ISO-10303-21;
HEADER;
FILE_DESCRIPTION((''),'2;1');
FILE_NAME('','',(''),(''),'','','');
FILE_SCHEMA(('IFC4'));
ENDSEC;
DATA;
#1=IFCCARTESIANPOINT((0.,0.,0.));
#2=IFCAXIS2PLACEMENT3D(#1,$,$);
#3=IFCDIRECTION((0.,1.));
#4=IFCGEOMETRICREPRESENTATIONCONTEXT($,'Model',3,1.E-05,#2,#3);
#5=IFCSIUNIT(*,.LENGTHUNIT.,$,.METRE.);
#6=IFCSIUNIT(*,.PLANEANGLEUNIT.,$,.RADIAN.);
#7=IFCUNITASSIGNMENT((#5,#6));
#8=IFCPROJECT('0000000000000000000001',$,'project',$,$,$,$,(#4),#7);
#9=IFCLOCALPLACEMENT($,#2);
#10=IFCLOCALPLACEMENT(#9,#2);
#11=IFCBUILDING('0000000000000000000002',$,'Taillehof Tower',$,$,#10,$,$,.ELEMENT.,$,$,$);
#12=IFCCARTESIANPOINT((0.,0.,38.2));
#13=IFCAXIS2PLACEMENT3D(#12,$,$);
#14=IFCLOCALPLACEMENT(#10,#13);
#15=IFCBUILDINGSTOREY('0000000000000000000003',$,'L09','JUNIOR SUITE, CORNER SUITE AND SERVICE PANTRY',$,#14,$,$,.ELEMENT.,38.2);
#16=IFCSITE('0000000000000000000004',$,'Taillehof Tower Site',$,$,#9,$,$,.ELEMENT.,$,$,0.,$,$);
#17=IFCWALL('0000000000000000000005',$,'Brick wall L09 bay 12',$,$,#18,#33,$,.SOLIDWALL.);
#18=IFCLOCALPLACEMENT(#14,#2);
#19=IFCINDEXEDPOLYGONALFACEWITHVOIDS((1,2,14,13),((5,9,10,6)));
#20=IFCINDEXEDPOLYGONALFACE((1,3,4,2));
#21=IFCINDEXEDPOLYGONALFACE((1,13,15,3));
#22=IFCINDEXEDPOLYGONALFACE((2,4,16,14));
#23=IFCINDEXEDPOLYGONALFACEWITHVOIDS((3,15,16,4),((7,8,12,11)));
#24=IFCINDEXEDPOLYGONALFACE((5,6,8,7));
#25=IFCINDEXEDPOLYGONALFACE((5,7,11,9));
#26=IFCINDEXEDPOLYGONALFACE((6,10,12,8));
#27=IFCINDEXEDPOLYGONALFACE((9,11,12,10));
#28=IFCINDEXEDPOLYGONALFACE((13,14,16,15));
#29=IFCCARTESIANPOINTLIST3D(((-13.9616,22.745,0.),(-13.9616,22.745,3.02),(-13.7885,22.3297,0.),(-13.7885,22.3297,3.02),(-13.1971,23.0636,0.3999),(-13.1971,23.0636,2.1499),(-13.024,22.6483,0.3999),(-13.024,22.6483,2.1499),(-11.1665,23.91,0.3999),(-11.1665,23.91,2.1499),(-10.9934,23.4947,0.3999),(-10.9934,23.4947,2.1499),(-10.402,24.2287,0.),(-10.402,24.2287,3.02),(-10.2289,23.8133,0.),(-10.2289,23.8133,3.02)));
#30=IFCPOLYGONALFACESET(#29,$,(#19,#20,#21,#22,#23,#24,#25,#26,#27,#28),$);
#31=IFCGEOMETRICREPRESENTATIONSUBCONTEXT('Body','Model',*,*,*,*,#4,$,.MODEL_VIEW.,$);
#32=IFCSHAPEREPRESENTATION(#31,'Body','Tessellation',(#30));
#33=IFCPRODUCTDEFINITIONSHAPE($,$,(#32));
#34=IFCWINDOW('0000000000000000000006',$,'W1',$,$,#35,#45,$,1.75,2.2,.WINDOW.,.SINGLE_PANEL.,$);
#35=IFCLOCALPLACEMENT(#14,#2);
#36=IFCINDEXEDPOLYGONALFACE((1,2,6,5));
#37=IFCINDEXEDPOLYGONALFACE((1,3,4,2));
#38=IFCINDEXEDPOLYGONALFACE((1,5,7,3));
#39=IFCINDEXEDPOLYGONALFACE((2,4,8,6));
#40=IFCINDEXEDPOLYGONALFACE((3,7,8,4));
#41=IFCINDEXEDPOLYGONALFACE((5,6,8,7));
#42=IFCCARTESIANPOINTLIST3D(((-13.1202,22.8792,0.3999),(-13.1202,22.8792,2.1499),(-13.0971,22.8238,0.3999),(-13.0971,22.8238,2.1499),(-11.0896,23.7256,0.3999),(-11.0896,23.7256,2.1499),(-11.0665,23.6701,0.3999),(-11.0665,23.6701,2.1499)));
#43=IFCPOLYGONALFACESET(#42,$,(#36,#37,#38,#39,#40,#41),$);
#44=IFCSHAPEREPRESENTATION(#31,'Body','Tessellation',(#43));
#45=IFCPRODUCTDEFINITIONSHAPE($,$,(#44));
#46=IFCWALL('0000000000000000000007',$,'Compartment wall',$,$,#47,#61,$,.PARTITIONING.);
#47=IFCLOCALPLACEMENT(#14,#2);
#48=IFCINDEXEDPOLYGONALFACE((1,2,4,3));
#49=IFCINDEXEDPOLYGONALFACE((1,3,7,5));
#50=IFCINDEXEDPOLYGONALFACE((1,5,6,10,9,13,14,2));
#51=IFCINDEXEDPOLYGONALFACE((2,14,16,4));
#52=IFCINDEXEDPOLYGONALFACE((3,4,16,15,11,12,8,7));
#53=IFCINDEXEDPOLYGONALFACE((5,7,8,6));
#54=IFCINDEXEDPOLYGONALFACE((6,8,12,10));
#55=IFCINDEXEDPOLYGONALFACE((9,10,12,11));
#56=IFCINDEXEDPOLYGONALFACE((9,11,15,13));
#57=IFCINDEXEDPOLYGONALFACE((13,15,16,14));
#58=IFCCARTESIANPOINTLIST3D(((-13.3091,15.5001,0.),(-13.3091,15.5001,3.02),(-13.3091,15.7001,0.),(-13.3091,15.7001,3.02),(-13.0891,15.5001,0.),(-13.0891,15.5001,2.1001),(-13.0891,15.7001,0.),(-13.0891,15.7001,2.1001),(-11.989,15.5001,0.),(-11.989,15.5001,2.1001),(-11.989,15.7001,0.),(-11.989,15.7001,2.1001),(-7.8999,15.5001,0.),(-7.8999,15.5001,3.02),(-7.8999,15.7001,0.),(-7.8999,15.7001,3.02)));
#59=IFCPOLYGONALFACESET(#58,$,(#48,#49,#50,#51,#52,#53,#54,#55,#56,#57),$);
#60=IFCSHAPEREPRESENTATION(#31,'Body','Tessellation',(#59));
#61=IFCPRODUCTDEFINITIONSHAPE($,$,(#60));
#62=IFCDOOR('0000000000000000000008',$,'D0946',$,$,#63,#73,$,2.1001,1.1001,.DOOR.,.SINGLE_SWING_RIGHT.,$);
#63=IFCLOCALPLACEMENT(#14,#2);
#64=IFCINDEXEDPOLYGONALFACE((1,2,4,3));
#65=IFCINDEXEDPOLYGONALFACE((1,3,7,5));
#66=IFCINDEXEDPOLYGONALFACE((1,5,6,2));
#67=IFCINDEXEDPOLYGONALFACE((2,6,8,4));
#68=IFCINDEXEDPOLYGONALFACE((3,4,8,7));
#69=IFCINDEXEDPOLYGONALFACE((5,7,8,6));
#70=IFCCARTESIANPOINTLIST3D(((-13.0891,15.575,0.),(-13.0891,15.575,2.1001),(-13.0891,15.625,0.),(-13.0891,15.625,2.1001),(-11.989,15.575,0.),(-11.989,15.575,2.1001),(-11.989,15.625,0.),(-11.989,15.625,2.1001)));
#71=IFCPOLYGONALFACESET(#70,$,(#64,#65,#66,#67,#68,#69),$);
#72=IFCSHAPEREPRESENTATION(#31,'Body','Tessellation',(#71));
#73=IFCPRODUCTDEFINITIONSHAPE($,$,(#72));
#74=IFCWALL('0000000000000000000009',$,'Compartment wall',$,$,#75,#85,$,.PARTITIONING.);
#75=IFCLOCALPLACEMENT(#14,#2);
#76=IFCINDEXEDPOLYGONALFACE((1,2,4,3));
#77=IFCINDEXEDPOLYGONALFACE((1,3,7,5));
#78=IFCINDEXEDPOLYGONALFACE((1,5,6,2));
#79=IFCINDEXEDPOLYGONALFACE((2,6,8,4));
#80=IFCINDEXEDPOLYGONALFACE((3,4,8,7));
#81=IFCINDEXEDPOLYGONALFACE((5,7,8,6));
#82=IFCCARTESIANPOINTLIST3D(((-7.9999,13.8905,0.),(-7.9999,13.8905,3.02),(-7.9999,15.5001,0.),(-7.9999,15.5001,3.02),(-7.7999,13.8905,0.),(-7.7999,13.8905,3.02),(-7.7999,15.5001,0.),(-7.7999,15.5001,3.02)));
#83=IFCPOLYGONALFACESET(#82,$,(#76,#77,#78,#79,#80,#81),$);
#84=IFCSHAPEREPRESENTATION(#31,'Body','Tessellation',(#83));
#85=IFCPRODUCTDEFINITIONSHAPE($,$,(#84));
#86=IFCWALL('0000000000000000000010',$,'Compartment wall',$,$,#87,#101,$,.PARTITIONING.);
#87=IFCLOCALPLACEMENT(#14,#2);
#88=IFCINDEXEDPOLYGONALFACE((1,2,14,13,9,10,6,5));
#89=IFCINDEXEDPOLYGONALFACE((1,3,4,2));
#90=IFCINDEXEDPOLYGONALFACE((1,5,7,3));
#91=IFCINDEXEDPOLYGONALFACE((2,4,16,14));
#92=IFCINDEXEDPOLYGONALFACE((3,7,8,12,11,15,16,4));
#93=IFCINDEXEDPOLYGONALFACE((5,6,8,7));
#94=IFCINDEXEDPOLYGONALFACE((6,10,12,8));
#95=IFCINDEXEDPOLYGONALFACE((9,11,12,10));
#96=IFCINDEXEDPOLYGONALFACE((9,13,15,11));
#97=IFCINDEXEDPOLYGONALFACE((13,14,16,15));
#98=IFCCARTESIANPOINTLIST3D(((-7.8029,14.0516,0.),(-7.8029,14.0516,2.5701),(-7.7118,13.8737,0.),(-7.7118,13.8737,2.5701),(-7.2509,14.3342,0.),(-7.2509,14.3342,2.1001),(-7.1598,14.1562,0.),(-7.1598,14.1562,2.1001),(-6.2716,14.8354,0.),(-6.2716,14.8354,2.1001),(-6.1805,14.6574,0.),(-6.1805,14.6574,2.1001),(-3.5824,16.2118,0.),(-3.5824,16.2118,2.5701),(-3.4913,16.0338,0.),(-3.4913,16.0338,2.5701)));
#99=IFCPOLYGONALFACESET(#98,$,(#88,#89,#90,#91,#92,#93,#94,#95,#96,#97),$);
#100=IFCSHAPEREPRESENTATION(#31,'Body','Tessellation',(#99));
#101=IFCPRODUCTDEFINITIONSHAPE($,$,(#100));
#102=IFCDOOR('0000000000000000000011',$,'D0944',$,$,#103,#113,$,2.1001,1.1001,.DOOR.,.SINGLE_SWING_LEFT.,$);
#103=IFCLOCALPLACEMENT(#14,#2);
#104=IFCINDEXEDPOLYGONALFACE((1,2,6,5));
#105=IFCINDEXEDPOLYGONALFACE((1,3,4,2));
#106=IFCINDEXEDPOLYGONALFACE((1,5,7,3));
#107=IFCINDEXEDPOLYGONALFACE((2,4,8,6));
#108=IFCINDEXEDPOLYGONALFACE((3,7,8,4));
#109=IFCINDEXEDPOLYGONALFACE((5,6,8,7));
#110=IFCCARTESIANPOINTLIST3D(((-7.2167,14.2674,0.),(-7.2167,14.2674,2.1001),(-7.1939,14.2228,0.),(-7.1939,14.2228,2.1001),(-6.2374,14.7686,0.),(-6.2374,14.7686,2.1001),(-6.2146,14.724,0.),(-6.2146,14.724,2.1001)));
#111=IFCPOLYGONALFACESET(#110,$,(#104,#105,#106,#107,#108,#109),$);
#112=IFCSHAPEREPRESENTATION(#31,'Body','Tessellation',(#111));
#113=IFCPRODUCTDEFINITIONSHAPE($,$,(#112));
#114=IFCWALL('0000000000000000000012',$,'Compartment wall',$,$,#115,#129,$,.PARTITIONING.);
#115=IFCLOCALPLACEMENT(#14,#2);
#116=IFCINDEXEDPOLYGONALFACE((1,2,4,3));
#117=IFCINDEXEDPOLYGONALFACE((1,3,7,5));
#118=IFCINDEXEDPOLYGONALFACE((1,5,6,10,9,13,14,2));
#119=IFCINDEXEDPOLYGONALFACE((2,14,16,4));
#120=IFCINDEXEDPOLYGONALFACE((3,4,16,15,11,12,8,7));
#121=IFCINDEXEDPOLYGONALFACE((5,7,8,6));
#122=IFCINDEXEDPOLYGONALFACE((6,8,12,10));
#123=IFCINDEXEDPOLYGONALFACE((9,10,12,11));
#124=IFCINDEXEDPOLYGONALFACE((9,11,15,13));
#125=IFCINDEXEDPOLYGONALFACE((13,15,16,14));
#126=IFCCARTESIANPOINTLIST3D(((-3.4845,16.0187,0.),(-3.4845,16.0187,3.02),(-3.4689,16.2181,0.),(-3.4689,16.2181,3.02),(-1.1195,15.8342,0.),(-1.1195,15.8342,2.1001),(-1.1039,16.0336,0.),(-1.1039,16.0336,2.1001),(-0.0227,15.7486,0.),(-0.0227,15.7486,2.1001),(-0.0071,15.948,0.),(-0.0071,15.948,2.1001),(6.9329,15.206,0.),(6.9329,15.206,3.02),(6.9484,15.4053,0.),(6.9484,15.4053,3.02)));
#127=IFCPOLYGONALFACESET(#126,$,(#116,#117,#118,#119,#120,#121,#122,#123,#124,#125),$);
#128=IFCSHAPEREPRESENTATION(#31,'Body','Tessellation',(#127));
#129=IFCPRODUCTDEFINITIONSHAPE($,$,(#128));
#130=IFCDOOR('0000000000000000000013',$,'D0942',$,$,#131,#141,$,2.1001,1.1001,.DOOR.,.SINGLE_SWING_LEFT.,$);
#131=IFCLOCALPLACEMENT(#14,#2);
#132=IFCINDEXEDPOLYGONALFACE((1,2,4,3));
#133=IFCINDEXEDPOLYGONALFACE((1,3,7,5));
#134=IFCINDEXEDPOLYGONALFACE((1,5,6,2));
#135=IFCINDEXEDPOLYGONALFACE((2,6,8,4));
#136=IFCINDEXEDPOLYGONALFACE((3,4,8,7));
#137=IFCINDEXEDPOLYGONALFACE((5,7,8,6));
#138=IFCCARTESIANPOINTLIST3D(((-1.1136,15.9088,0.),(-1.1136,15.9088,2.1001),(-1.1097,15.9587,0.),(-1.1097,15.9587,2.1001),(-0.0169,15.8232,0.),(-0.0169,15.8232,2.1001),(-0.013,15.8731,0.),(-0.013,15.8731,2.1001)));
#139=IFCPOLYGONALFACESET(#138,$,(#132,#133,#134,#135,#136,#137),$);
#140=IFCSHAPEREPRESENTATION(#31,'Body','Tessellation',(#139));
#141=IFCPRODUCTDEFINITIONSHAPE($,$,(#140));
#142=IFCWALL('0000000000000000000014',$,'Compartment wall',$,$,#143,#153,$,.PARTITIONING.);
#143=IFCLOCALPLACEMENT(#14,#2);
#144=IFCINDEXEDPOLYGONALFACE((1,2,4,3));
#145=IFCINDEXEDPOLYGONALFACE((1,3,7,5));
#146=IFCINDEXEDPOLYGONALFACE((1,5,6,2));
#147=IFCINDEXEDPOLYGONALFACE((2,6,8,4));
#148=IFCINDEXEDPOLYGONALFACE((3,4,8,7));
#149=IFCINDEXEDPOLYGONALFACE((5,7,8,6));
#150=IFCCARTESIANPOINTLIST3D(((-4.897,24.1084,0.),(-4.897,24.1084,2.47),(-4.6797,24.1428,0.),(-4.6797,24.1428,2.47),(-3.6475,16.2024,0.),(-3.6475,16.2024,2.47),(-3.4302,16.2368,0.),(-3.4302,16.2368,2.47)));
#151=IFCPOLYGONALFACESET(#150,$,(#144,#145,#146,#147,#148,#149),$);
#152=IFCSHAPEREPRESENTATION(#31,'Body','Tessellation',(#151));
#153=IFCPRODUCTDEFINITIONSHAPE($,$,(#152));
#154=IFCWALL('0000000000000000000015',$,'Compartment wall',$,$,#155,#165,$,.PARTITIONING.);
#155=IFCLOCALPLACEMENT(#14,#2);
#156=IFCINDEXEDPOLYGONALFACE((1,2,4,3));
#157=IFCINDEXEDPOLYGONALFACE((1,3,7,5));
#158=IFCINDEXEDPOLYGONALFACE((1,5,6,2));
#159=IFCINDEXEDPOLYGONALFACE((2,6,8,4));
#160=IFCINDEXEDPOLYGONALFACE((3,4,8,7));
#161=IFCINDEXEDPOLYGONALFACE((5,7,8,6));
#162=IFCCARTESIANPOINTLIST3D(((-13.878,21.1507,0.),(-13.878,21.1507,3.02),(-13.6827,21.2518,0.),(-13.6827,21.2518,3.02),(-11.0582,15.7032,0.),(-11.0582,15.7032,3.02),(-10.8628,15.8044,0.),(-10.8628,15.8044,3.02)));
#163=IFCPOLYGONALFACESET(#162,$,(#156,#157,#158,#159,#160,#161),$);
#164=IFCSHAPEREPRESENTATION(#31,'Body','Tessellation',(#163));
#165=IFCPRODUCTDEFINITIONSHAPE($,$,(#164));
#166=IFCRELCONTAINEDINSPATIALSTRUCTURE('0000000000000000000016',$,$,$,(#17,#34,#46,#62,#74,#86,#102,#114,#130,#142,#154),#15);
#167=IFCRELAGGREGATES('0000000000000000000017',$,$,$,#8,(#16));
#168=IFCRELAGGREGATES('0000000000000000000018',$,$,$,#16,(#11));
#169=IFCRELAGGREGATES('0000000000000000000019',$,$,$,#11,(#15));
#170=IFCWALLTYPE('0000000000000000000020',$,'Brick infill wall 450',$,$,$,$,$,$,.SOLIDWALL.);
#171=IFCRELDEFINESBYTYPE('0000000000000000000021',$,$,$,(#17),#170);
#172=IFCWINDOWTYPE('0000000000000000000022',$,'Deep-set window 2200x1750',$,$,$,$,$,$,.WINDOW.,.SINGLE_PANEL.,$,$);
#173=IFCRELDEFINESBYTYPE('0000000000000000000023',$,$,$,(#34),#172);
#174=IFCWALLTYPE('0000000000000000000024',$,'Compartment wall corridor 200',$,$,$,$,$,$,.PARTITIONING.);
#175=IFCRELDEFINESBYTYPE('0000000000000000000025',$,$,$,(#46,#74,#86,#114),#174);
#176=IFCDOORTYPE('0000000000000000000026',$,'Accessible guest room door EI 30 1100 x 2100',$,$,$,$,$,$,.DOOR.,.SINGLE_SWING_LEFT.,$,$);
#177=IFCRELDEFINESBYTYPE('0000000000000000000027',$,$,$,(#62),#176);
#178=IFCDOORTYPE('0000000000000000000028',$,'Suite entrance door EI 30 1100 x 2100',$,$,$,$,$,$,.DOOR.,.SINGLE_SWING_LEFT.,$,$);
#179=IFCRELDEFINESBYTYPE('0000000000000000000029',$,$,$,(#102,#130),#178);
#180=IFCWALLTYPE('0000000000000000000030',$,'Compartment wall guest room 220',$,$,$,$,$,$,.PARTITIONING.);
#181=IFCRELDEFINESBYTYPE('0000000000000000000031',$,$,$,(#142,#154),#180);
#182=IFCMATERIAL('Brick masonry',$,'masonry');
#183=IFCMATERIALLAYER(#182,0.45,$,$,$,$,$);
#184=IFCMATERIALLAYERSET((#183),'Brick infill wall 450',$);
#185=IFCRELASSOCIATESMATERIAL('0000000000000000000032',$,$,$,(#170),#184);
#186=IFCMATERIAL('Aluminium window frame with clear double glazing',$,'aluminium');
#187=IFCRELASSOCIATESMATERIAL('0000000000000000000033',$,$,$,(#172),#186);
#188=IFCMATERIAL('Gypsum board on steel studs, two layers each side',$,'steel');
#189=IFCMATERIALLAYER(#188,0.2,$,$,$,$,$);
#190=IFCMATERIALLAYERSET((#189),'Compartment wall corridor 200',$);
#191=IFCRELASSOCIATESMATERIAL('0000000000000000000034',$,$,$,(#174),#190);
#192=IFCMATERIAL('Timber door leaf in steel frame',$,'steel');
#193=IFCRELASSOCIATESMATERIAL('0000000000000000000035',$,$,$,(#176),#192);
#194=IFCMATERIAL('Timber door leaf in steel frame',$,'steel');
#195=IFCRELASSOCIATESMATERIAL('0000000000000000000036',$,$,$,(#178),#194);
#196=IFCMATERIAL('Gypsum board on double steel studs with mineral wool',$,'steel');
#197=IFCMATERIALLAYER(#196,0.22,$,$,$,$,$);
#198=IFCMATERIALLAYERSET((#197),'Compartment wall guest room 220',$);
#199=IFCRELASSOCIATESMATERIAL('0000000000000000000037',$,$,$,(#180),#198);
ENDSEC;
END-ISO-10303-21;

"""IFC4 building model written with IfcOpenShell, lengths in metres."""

from ifc_helpers import new_model, si_unit, direction, frame, frame_2d, origin, place, context, subcontext, project, spatial, rectangle, extrude, material, layer, layer_set, type_object, element, fill, save


model = new_model("IFC4")

# Units and contexts
model_context = context("Model", 3, precision=1e-05, world=origin(), true_north=direction((0.0, 1.0)))
body_context = subcontext(model_context, "Body", "Model", "MODEL_VIEW")
ifc_project = project(units=[si_unit("LENGTHUNIT", "METRE"), si_unit("PLANEANGLEUNIT", "RADIAN")], contexts=[model_context])

# Site, building, storey
site_placement = place(None, origin())
site = spatial("IfcSite", under=ifc_project, at=site_placement, Name="Taillehof Tower Site", CompositionType="ELEMENT", RefElevation=0.0)
building_placement = place(site_placement, origin())
building = spatial("IfcBuilding", under=site, at=building_placement, Name="Taillehof Tower", CompositionType="ELEMENT")
storey_placement = place(building_placement, frame((0.0, 0.0, 38.2)))
storey = spatial("IfcBuildingStorey", under=building, at=storey_placement, Name="L09", Description="JUNIOR SUITE, CORNER SUITE AND SERVICE PANTRY", CompositionType="ELEMENT", Elevation=38.2)

# Wall, opening, window
ifc_material_1 = material(Name="Brick masonry", Category="masonry")
ifc_layer_1 = layer(ifc_material_1, 0.45)
ifc_layer_set_1 = layer_set([ifc_layer_1], Name="Brick infill wall 450")
wall_type_1 = type_object("IfcWallType", Name="Brick infill wall 450", PredefinedType="SOLIDWALL", material=ifc_layer_set_1)
ifc_material_2 = material(Name="Aluminium window frame with clear double glazing", Category="aluminium")
window_type = type_object("IfcWindowType", Name="Deep-set window 2200x1750", PartitioningType="SINGLE_PANEL", PredefinedType="WINDOW", material=ifc_material_2)
wall_1_placement = place(storey_placement, frame((-10.3154, 24.021, 0.0), z_axis=(0.0, 0.0, 1.0), x_axis=(-0.923032, -0.384723, 0.0)))
wall_1 = element("IfcWall", 1, at=wall_1_placement, inside=storey, type_object=wall_type_1, Name="Brick wall L09 bay 12", PredefinedType="SOLIDWALL", context=body_context, shape_type="SweptSolid", body=[
    extrude(rectangle(XDim=3.8564, YDim=0.45, at=frame_2d((1.9282, 0.0))), origin(), (0.0, 0.0, 1.0), 3.02),
])
opening_1_placement = place(wall_1_placement, frame((0.8281, 0.0, 0.3999)))
opening_1 = element("IfcOpeningElement", 2, at=opening_1_placement, cuts=wall_1, PredefinedType="OPENING", context=body_context, shape_type="SweptSolid", body=[
    extrude(rectangle(XDim=2.2, YDim=1.75, at=frame_2d((1.1001, 0.875))), frame((0.0, 0.2349, 0.0), z_axis=(0.0, -1.0, 0.0), x_axis=(1.0, 0.0, 0.0)), (0.0, 0.0, 1.0), 0.47),
])
window_1_placement = place(opening_1_placement, origin())
window_1 = element("IfcWindow", 3, at=window_1_placement, inside=storey, type_object=window_type, Name="W1", OverallHeight=1.75, OverallWidth=2.2, PartitioningType="SINGLE_PANEL", PredefinedType="WINDOW", context=body_context, shape_type="SweptSolid", body=[
    extrude(rectangle(XDim=2.2, YDim=1.75, at=frame_2d((1.1001, 0.875))), frame((0.0, 0.0349, 0.0), z_axis=(0.0, -1.0, 0.0), x_axis=(1.0, 0.0, 0.0)), (0.0, 0.0, 1.0), 0.0601),
])
fill(opening_1, window_1)

# Wall, opening, door
ifc_material_3 = material(Name="Gypsum board on steel studs, two layers each side", Category="steel")
ifc_layer_2 = layer(ifc_material_3, 0.2)
ifc_layer_set_2 = layer_set([ifc_layer_2], Name="Compartment wall corridor 200")
wall_type_2 = type_object("IfcWallType", Name="Compartment wall corridor 200", PredefinedType="PARTITIONING", material=ifc_layer_set_2)
wall_2_placement = place(storey_placement, frame((-13.3091, 15.6001, 0.0), z_axis=(0.0, 0.0, 1.0), x_axis=(1.0, 0.0, 0.0)))
wall_2 = element("IfcWall", 4, at=wall_2_placement, inside=storey, type_object=wall_type_2, Name="Compartment wall", PredefinedType="PARTITIONING", context=body_context, shape_type="SweptSolid", body=[
    extrude(rectangle(XDim=5.4092, YDim=0.2, at=frame_2d((2.7046, 0.0))), origin(), (0.0, 0.0, 1.0), 3.02),
])
opening_2_placement = place(wall_2_placement, frame((0.22, 0.0, 0.0)))
opening_2 = element("IfcOpeningElement", 5, at=opening_2_placement, cuts=wall_2, PredefinedType="OPENING", context=body_context, shape_type="SweptSolid", body=[
    extrude(rectangle(XDim=1.1001, YDim=2.1001, at=frame_2d((0.55, 1.05))), frame((0.0, 0.1099, 0.0), z_axis=(0.0, -1.0, 0.0), x_axis=(1.0, 0.0, 0.0)), (0.0, 0.0, 1.0), 0.22),
])
ifc_material_4 = material(Name="Timber door leaf in steel frame", Category="steel")
door_type_1 = type_object("IfcDoorType", Name="Accessible guest room door EI 30 1100 x 2100", OperationType="SINGLE_SWING_LEFT", PredefinedType="DOOR", material=ifc_material_4)
door_1_placement = place(opening_2_placement, origin())
door_1 = element("IfcDoor", 6, at=door_1_placement, inside=storey, type_object=door_type_1, Name="D0946", OperationType="SINGLE_SWING_RIGHT", OverallHeight=2.1001, OverallWidth=1.1001, PredefinedType="DOOR", context=body_context, shape_type="SweptSolid", body=[
    extrude(rectangle(XDim=1.1001, YDim=2.1001, at=frame_2d((0.55, 1.05))), frame((0.0, 0.0249, 0.0), z_axis=(0.0, -1.0, 0.0), x_axis=(1.0, 0.0, 0.0)), (0.0, 0.0, 1.0), 0.05),
])
fill(opening_2, door_1)

# Wall
wall_3_placement = place(storey_placement, frame((-7.8999, 15.5, 0.0), z_axis=(0.0, 0.0, 1.0), x_axis=(0.0, -1.0, 0.0)))
element("IfcWall", 7, at=wall_3_placement, inside=storey, type_object=wall_type_2, Name="Compartment wall", PredefinedType="PARTITIONING", context=body_context, shape_type="SweptSolid", body=[
    extrude(rectangle(XDim=1.6096, YDim=0.2, at=frame_2d((0.8047, 0.0))), origin(), (0.0, 0.0, 1.0), 3.02),
])

# Walls, openings, doors
wall_4_placement = place(storey_placement, frame((-7.7573, 13.9626, 0.0), z_axis=(0.0, 0.0, 1.0), x_axis=(0.890175, 0.455618, 0.0)))
wall_4 = element("IfcWall", 8, at=wall_4_placement, inside=storey, type_object=wall_type_2, Name="Compartment wall", PredefinedType="PARTITIONING", context=body_context, shape_type="SweptSolid", body=[
    extrude(rectangle(XDim=4.7412, YDim=0.2, at=frame_2d((2.3706, 0.0))), origin(), (0.0, 0.0, 1.0), 2.5701),
])
opening_3_placement = place(wall_4_placement, frame((0.6201, 0.0, 0.0)))
opening_3 = element("IfcOpeningElement", 9, at=opening_3_placement, cuts=wall_4, PredefinedType="OPENING", context=body_context, shape_type="SweptSolid", body=[
    extrude(rectangle(XDim=1.1001, YDim=2.1001, at=frame_2d((0.55, 1.05))), frame((0.0, 0.1099, 0.0), z_axis=(0.0, -1.0, 0.0), x_axis=(1.0, 0.0, 0.0)), (0.0, 0.0, 1.0), 0.22),
])
ifc_material_5 = material(Name="Timber door leaf in steel frame", Category="steel")
door_type_2 = type_object("IfcDoorType", Name="Suite entrance door EI 30 1100 x 2100", OperationType="SINGLE_SWING_LEFT", PredefinedType="DOOR", material=ifc_material_5)
door_2_placement = place(opening_3_placement, origin())
door_2 = element("IfcDoor", 10, at=door_2_placement, inside=storey, type_object=door_type_2, Name="D0944", OperationType="SINGLE_SWING_LEFT", OverallHeight=2.1001, OverallWidth=1.1001, PredefinedType="DOOR", context=body_context, shape_type="SweptSolid", body=[
    extrude(rectangle(XDim=1.1001, YDim=2.1001, at=frame_2d((0.55, 1.05))), frame((0.0, 0.0249, 0.0), z_axis=(0.0, -1.0, 0.0), x_axis=(1.0, 0.0, 0.0)), (0.0, 0.0, 1.0), 0.05),
])
fill(opening_3, door_2)
wall_5_placement = place(storey_placement, frame((-3.4768, 16.1184, 0.0), z_axis=(0.0, 0.0, 1.0), x_axis=(0.99697, -0.077783, 0.0)))
wall_5 = element("IfcWall", 11, at=wall_5_placement, inside=storey, type_object=wall_type_2, Name="Compartment wall", PredefinedType="PARTITIONING", context=body_context, shape_type="SweptSolid", body=[
    extrude(rectangle(XDim=10.449, YDim=0.2, at=frame_2d((5.2246, 0.0))), origin(), (0.0, 0.0, 1.0), 3.02),
])
opening_4_placement = place(wall_5_placement, frame((2.3723, 0.0, 0.0)))
opening_4 = element("IfcOpeningElement", 12, at=opening_4_placement, cuts=wall_5, PredefinedType="OPENING", context=body_context, shape_type="SweptSolid", body=[
    extrude(rectangle(XDim=1.1001, YDim=2.1001, at=frame_2d((0.55, 1.05))), frame((0.0, 0.1099, 0.0), z_axis=(0.0, -1.0, 0.0), x_axis=(1.0, 0.0, 0.0)), (0.0, 0.0, 1.0), 0.22),
])
door_3_placement = place(opening_4_placement, origin())
door_3 = element("IfcDoor", 13, at=door_3_placement, inside=storey, type_object=door_type_2, Name="D0942", OperationType="SINGLE_SWING_LEFT", OverallHeight=2.1001, OverallWidth=1.1001, PredefinedType="DOOR", context=body_context, shape_type="SweptSolid", body=[
    extrude(rectangle(XDim=1.1001, YDim=2.1001, at=frame_2d((0.55, 1.05))), frame((0.0, 0.0249, 0.0), z_axis=(0.0, -1.0, 0.0), x_axis=(1.0, 0.0, 0.0)), (0.0, 0.0, 1.0), 0.05),
])
fill(opening_4, door_3)

# Walls
ifc_material_6 = material(Name="Gypsum board on double steel studs with mineral wool", Category="steel")
ifc_layer_3 = layer(ifc_material_6, 0.22)
ifc_layer_set_3 = layer_set([ifc_layer_3], Name="Compartment wall guest room 220")
wall_type_3 = type_object("IfcWallType", Name="Compartment wall guest room 220", PredefinedType="PARTITIONING", material=ifc_layer_set_3)
wall_6_placement = place(storey_placement, frame((-4.7883, 24.1255, 0.0), z_axis=(0.0, 0.0, 1.0), x_axis=(0.156108, -0.98774, 0.0)))
element("IfcWall", 14, at=wall_6_placement, inside=storey, type_object=wall_type_3, Name="Compartment wall", PredefinedType="PARTITIONING", context=body_context, shape_type="SweptSolid", body=[
    extrude(rectangle(XDim=8.0042, YDim=0.22, at=frame_2d((4.002, 0.0))), origin(), (0.0, 0.0, 1.0), 2.47),
])
wall_7_placement = place(storey_placement, frame((-13.7803, 21.2012, 0.0), z_axis=(0.0, 0.0, 1.0), x_axis=(0.459699, -0.888075, 0.0)))
element("IfcWall", 15, at=wall_7_placement, inside=storey, type_object=wall_type_3, Name="Compartment wall", PredefinedType="PARTITIONING", context=body_context, shape_type="SweptSolid", body=[
    extrude(rectangle(XDim=6.134, YDim=0.22, at=frame_2d((3.0669, 0.0))), origin(), (0.0, 0.0, 1.0), 3.02),
])

save(model, "model.ifc")
